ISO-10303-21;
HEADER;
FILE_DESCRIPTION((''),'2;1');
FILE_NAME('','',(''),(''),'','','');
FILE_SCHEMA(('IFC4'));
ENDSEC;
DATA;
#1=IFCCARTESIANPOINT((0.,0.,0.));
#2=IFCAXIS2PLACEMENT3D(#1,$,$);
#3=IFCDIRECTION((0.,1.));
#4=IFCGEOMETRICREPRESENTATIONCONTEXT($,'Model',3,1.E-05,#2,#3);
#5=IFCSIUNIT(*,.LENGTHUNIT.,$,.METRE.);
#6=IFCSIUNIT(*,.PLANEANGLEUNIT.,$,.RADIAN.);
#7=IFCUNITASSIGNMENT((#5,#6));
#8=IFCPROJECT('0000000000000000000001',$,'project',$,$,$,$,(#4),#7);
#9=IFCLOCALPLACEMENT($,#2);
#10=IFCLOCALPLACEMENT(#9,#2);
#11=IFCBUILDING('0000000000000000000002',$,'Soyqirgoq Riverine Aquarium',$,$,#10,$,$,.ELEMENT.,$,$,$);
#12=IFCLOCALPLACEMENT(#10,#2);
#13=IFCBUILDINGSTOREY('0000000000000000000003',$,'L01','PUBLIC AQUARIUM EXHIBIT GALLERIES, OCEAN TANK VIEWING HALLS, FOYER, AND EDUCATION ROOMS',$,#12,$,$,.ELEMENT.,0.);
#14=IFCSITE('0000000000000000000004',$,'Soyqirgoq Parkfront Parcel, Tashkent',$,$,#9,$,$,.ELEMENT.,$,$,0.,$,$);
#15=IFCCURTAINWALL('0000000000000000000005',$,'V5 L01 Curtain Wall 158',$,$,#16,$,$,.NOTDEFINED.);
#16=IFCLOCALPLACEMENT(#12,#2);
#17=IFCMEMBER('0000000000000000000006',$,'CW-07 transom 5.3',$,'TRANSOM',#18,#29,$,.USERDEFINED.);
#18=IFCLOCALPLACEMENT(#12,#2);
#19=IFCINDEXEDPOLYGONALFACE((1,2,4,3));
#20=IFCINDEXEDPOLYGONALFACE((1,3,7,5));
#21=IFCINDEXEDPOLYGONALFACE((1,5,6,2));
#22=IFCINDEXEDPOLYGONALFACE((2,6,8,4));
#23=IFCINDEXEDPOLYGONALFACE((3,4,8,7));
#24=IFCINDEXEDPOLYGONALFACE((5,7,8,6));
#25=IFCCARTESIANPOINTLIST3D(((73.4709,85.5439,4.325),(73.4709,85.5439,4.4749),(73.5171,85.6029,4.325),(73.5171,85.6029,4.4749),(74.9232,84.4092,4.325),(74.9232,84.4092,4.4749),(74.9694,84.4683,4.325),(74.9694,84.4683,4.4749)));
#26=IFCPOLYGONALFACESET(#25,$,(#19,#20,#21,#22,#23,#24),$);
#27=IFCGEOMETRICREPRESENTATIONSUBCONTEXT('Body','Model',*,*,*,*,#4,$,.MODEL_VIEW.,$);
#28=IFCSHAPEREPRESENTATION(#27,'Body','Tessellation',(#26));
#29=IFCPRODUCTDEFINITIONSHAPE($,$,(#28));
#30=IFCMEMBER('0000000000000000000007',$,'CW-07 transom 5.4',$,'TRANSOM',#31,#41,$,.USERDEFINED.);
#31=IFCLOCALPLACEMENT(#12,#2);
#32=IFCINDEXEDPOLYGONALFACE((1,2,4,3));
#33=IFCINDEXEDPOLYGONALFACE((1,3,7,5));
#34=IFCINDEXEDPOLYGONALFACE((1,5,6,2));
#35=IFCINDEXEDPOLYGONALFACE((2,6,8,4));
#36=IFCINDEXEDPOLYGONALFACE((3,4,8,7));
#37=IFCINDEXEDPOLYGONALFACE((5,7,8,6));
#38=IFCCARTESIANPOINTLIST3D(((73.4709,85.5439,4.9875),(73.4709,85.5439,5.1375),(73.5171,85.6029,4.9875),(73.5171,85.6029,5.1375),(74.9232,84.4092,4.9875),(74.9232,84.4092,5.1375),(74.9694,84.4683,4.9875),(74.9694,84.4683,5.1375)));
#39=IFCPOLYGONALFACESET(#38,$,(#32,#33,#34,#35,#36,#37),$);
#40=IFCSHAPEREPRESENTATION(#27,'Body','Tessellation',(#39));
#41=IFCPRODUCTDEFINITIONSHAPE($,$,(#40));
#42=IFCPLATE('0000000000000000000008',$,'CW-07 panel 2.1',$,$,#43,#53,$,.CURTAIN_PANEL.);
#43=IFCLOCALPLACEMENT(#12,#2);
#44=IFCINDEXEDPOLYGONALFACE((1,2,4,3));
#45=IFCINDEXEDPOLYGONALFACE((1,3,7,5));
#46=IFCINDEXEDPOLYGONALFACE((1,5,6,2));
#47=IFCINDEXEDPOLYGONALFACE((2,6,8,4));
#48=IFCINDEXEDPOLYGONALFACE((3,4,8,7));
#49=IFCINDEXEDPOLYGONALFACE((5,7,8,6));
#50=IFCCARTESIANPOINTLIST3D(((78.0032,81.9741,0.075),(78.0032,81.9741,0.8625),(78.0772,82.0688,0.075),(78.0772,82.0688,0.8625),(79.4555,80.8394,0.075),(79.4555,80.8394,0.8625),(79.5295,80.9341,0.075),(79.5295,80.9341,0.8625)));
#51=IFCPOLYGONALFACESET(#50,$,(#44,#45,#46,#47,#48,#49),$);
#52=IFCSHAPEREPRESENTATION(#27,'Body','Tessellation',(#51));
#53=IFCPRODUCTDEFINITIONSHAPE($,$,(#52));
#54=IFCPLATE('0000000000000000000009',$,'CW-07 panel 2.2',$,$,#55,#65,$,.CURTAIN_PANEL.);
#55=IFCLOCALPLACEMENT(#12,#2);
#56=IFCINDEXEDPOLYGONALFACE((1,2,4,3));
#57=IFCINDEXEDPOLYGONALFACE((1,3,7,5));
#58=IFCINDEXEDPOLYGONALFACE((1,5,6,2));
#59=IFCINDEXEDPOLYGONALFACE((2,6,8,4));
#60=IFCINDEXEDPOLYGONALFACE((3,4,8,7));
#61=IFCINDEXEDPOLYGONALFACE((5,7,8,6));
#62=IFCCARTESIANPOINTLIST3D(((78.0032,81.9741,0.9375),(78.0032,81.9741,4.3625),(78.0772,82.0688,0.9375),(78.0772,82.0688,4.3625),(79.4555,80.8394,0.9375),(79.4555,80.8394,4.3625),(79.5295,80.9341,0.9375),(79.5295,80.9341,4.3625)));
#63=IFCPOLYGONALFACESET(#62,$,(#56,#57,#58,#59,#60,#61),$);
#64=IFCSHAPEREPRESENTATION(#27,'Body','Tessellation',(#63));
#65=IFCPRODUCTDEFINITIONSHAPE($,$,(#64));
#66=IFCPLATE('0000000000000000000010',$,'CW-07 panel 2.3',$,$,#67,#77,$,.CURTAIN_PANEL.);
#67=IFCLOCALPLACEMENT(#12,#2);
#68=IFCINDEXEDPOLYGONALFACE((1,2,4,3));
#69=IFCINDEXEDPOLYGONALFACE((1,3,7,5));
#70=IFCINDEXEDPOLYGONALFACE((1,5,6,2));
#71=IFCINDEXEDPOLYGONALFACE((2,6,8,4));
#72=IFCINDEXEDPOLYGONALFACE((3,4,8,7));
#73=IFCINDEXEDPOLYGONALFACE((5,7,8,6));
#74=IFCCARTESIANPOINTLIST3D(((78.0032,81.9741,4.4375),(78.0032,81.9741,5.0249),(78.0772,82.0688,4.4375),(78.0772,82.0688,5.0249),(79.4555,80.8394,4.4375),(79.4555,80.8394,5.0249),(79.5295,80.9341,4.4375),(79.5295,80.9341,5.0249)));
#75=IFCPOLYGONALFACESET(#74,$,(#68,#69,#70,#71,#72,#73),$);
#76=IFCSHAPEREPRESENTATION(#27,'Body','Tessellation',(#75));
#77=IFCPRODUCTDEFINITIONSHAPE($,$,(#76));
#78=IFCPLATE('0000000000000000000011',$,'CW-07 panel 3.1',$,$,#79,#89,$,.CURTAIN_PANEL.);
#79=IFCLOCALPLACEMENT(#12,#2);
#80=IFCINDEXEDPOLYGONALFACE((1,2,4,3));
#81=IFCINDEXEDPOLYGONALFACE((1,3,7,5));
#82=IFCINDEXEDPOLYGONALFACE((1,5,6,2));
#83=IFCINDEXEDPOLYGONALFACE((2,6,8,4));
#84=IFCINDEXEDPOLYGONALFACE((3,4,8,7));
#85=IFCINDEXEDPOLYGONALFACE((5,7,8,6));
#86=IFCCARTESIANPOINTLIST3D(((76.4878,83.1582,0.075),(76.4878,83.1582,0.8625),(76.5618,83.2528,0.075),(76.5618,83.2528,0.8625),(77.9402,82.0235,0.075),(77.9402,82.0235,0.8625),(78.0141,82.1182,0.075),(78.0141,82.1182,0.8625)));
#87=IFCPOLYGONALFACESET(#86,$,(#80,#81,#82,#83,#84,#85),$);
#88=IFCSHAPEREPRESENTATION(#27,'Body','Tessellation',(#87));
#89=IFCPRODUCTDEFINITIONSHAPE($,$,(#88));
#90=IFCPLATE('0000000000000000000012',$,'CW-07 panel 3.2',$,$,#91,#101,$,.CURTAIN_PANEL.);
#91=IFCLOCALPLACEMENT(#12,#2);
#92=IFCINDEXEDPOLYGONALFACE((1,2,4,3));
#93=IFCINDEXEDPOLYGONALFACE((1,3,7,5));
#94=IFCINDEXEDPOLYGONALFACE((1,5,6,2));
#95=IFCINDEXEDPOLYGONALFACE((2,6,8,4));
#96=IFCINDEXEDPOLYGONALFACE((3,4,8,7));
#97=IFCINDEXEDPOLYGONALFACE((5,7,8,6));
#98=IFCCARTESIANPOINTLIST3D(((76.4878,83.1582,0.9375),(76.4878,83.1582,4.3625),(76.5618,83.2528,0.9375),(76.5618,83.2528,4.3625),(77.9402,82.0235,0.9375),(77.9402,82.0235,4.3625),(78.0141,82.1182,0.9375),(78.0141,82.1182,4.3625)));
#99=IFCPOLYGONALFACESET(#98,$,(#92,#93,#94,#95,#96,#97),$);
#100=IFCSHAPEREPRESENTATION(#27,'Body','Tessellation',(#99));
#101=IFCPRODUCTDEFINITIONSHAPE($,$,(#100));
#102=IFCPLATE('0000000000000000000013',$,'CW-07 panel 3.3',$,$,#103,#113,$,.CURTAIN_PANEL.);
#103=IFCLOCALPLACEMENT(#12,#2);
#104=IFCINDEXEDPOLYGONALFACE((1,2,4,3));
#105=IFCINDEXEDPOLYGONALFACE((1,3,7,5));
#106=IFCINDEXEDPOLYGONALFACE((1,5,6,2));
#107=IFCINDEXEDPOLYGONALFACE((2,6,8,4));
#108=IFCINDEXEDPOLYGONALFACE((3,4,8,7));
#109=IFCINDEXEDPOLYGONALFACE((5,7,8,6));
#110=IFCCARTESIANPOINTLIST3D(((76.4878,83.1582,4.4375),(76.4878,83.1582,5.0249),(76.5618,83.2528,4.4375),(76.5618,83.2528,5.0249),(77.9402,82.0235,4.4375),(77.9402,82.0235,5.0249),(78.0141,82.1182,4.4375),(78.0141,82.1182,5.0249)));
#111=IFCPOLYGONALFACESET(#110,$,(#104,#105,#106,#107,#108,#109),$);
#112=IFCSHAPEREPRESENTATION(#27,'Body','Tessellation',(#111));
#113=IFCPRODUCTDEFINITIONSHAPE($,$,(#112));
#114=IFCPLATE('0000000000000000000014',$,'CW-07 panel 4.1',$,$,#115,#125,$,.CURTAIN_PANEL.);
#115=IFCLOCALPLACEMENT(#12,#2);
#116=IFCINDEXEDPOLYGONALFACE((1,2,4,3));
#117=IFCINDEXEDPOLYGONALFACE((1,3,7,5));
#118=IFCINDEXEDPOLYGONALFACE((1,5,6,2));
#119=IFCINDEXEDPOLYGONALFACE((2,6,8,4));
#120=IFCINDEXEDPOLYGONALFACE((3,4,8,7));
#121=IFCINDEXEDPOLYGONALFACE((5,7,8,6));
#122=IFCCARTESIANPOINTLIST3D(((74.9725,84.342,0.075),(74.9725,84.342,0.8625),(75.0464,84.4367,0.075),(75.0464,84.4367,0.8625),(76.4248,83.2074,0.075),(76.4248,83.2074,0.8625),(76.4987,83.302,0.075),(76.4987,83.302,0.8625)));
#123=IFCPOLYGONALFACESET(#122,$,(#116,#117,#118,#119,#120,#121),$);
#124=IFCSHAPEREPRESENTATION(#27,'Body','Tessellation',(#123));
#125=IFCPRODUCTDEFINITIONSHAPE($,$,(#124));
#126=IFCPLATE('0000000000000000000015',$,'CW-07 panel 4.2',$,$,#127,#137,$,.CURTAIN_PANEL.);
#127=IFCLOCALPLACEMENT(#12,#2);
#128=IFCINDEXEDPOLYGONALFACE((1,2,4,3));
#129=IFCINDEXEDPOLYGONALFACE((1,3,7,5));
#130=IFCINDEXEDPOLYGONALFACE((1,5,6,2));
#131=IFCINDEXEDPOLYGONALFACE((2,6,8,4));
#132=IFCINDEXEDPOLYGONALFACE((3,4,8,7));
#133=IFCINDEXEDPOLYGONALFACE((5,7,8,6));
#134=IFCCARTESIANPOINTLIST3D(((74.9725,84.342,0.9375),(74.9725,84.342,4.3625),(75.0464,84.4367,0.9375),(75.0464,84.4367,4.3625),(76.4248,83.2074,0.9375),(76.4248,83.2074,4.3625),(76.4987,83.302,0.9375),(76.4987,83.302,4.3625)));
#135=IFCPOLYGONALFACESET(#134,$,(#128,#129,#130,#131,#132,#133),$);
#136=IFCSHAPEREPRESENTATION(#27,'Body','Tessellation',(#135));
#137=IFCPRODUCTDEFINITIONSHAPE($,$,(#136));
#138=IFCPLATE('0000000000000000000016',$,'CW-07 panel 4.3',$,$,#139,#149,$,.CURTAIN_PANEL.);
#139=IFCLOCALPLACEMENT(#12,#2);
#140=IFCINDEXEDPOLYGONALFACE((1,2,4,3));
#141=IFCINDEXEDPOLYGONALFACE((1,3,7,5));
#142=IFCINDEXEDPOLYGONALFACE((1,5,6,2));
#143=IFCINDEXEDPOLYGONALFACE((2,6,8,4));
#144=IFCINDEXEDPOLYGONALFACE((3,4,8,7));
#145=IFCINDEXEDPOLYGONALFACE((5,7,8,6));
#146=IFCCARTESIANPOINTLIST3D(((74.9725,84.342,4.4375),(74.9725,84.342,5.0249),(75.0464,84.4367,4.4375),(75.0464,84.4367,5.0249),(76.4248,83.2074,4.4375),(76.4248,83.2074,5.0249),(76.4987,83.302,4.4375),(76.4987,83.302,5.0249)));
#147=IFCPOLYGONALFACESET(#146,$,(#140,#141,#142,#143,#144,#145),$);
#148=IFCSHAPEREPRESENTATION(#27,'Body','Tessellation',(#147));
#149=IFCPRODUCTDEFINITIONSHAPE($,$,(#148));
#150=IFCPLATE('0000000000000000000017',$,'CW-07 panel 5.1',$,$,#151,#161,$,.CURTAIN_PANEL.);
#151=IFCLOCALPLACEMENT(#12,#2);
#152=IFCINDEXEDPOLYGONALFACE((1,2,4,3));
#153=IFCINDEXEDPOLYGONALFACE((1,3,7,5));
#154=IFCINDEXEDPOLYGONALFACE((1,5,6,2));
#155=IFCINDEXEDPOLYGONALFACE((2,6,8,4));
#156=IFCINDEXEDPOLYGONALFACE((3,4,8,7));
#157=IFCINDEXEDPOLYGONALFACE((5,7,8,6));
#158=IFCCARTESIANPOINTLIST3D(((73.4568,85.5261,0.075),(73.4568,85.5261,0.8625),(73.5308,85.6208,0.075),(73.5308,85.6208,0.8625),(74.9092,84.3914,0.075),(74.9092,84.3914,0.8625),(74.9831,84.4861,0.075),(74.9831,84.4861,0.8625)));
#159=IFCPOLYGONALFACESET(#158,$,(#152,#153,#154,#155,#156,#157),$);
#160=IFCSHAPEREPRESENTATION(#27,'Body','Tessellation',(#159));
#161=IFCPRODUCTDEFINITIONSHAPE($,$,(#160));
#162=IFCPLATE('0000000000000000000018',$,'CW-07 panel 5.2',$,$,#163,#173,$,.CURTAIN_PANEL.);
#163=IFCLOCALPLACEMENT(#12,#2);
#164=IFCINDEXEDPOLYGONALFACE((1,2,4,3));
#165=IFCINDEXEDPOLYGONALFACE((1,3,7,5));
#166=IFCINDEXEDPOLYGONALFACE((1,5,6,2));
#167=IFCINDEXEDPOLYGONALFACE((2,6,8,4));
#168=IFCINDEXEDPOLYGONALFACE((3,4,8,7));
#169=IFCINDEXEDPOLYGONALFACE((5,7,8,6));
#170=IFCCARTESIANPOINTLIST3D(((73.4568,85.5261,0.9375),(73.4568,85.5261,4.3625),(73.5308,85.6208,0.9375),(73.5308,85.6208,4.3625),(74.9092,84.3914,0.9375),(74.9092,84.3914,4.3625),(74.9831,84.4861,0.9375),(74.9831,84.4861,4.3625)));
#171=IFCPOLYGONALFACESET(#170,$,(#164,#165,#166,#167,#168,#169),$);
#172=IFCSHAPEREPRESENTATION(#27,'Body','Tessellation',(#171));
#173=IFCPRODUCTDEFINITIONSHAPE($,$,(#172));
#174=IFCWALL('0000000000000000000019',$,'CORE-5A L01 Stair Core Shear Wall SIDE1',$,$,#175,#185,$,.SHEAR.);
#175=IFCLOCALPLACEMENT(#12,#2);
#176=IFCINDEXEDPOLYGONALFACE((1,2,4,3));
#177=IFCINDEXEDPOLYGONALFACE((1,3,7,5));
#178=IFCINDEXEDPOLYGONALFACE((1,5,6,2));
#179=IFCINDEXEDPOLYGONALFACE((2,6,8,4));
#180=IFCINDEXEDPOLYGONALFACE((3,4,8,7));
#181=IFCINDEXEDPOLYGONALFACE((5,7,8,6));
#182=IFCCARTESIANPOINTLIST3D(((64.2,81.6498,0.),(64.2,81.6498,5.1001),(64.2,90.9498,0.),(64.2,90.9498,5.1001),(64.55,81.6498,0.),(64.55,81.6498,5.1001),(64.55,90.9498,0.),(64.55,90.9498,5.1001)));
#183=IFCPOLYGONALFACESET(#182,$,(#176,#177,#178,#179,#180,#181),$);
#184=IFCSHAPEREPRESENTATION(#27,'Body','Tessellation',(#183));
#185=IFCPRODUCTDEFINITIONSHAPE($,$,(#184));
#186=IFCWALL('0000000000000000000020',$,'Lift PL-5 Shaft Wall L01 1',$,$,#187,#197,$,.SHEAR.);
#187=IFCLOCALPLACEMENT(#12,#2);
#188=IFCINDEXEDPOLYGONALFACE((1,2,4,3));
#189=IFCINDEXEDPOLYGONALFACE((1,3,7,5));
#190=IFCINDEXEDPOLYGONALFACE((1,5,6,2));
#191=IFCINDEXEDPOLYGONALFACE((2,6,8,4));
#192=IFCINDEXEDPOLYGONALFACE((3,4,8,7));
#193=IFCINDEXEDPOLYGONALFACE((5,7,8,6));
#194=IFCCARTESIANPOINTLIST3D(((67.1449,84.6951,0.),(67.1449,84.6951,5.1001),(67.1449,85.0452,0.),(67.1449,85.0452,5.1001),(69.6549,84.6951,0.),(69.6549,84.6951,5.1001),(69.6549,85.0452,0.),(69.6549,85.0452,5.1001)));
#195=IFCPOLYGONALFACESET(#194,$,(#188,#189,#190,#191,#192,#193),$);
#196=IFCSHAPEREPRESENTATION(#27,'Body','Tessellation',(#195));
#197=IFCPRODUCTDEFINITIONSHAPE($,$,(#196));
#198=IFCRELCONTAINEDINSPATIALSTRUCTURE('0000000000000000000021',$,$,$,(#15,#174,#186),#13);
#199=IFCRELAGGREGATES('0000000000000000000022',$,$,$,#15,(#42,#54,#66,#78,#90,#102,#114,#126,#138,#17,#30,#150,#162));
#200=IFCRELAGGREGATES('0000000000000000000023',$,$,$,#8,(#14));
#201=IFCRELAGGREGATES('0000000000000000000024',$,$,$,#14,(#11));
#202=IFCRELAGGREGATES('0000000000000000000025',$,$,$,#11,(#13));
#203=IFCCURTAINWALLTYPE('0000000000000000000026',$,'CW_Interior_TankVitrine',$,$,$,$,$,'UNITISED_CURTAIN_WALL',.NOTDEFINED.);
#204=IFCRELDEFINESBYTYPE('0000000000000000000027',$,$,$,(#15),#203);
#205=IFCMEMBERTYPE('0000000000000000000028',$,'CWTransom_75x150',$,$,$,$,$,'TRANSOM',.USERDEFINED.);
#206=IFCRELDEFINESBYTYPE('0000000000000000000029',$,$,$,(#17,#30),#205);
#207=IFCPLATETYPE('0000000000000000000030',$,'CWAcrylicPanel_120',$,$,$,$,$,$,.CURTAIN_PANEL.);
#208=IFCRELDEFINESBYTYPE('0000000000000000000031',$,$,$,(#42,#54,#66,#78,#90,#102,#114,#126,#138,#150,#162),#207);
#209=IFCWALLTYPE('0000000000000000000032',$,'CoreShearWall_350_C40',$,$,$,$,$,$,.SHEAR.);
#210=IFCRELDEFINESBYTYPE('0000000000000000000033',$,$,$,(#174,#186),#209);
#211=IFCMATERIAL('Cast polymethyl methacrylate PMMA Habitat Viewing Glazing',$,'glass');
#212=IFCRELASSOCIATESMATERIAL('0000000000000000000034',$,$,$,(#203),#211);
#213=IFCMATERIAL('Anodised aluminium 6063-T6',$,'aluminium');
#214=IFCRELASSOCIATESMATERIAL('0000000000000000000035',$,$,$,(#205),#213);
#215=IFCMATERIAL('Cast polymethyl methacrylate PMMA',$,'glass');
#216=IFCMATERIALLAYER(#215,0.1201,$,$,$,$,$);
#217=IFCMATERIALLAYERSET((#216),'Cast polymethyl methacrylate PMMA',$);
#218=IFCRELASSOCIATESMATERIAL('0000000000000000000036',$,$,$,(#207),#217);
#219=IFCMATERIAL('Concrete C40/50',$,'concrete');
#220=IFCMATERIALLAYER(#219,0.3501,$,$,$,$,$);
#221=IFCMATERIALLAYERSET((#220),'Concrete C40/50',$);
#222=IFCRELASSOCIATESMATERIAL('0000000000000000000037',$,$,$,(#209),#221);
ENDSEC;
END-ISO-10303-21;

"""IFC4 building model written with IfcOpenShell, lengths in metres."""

from ifc_helpers import new_model, si_unit, direction, frame, frame_2d, origin, origin_2d, place, context, subcontext, project, spatial, rectangle, extrude, material, layer, layer_set, material_profile, profile_set, type_object, element, aggregate, save


model = new_model("IFC4")

# Units and contexts
model_context = context("Model", 3, precision=1e-05, world=origin(), true_north=direction((0.0, 1.0)))
body_context = subcontext(model_context, "Body", "Model", "MODEL_VIEW")
ifc_project = project(units=[si_unit("LENGTHUNIT", "METRE"), si_unit("PLANEANGLEUNIT", "RADIAN")], contexts=[model_context])

# Site, building, storey
site_placement = place(None, origin())
site = spatial("IfcSite", under=ifc_project, at=site_placement, Name="Soyqirgoq Parkfront Parcel, Tashkent", CompositionType="ELEMENT", RefElevation=0.0)
building_placement = place(site_placement, origin())
building = spatial("IfcBuilding", under=site, at=building_placement, Name="Soyqirgoq Riverine Aquarium", CompositionType="ELEMENT")
storey_placement = place(building_placement, origin())
storey = spatial("IfcBuildingStorey", under=building, at=storey_placement, Name="L01", Description="PUBLIC AQUARIUM EXHIBIT GALLERIES, OCEAN TANK VIEWING HALLS, FOYER, AND EDUCATION ROOMS", CompositionType="ELEMENT", Elevation=0.0)

# Curtain wall, members, plates
ifc_material_1 = material(Name="Cast polymethyl methacrylate PMMA Habitat Viewing Glazing", Category="glass")
curtain_wall_type = type_object("IfcCurtainWallType", Name="CW_Interior_TankVitrine", ElementType="UNITISED_CURTAIN_WALL", PredefinedType="NOTDEFINED", material=ifc_material_1)
curtain_wall_placement = place(storey_placement, origin())
curtain_wall = element("IfcCurtainWall", 1, at=curtain_wall_placement, inside=storey, type_object=curtain_wall_type, Name="V5 L01 Curtain Wall 158", PredefinedType="NOTDEFINED")
ifc_material_2 = material(Name="Anodised aluminium 6063-T6", Category="aluminium")
ifc_material_profile_1 = material_profile(ifc_material_2, rectangle(XDim=0.075, YDim=0.1499, at=origin_2d()), Name="ALU-T 75x150")
ifc_profile_set_1 = profile_set([ifc_material_profile_1], Name="Anodised aluminium 6063-T6")
member_type_1 = type_object("IfcMemberType", Name="CWTransom_75x150", ElementType="TRANSOM", PredefinedType="USERDEFINED", material=ifc_profile_set_1)
member_1_placement = place(storey_placement, frame((74.9463, 84.4387, 4.3999), z_axis=(-0.788002, 0.615672, 0.0), x_axis=(-0.615672, -0.788002, 0.0)))
member_1 = element("IfcMember", 2, at=member_1_placement, type_object=member_type_1, Name="CW-07 transom 5.3", ObjectType="TRANSOM", PredefinedType="USERDEFINED", context=body_context, shape_type="SweptSolid", body=[
    extrude(rectangle(XDim=0.075, YDim=0.1499, at=origin_2d()), origin(), (0.0, 0.0, 1.0), 1.843),
])
member_2_placement = place(storey_placement, frame((74.9463, 84.4387, 5.0625), z_axis=(-0.788002, 0.615672, 0.0), x_axis=(-0.615672, -0.788002, 0.0)))
member_2 = element("IfcMember", 3, at=member_2_placement, type_object=member_type_1, Name="CW-07 transom 5.4", ObjectType="TRANSOM", PredefinedType="USERDEFINED", context=body_context, shape_type="SweptSolid", body=[
    extrude(rectangle(XDim=0.075, YDim=0.1499, at=origin_2d()), origin(), (0.0, 0.0, 1.0), 1.843),
])
ifc_material_3 = material(Name="Cast polymethyl methacrylate PMMA", Category="glass")
ifc_layer_1 = layer(ifc_material_3, 0.1201)
ifc_layer_set_1 = layer_set([ifc_layer_1], Name="Cast polymethyl methacrylate PMMA")
plate_type = type_object("IfcPlateType", Name="CWAcrylicPanel_120", PredefinedType="CURTAIN_PANEL", material=ifc_layer_set_1)
plate_1_placement = place(storey_placement, frame((78.7664, 81.4541, 0.075), z_axis=(0.0, 0.0, 1.0), x_axis=(-0.788016, 0.615655, 0.0)))
plate_1 = element("IfcPlate", 4, at=plate_1_placement, type_object=plate_type, Name="CW-07 panel 2.1", PredefinedType="CURTAIN_PANEL", context=body_context, shape_type="SweptSolid", body=[
    extrude(rectangle(XDim=1.843, YDim=0.1201, at=origin_2d()), origin(), (0.0, 0.0, 1.0), 0.7876),
])
plate_2_placement = place(storey_placement, frame((78.7664, 81.4541, 0.9375), z_axis=(0.0, 0.0, 1.0), x_axis=(-0.788016, 0.615655, 0.0)))
plate_2 = element("IfcPlate", 5, at=plate_2_placement, type_object=plate_type, Name="CW-07 panel 2.2", PredefinedType="CURTAIN_PANEL", context=body_context, shape_type="SweptSolid", body=[
    extrude(rectangle(XDim=1.843, YDim=0.1201, at=origin_2d()), origin(), (0.0, 0.0, 1.0), 3.425),
])
plate_3_placement = place(storey_placement, frame((78.7664, 81.4541, 4.4375), z_axis=(0.0, 0.0, 1.0), x_axis=(-0.788016, 0.615655, 0.0)))
plate_3 = element("IfcPlate", 6, at=plate_3_placement, type_object=plate_type, Name="CW-07 panel 2.3", PredefinedType="CURTAIN_PANEL", context=body_context, shape_type="SweptSolid", body=[
    extrude(rectangle(XDim=1.843, YDim=0.1201, at=origin_2d()), origin(), (0.0, 0.0, 1.0), 0.5874),
])
plate_4_placement = place(storey_placement, frame((77.251, 82.6382, 0.075), z_axis=(0.0, 0.0, 1.0), x_axis=(-0.788016, 0.615655, 0.0)))
plate_4 = element("IfcPlate", 7, at=plate_4_placement, type_object=plate_type, Name="CW-07 panel 3.1", PredefinedType="CURTAIN_PANEL", context=body_context, shape_type="SweptSolid", body=[
    extrude(rectangle(XDim=1.843, YDim=0.1201, at=origin_2d()), origin(), (0.0, 0.0, 1.0), 0.7876),
])
plate_5_placement = place(storey_placement, frame((77.251, 82.6382, 0.9375), z_axis=(0.0, 0.0, 1.0), x_axis=(-0.788016, 0.615655, 0.0)))
plate_5 = element("IfcPlate", 8, at=plate_5_placement, type_object=plate_type, Name="CW-07 panel 3.2", PredefinedType="CURTAIN_PANEL", context=body_context, shape_type="SweptSolid", body=[
    extrude(rectangle(XDim=1.843, YDim=0.1201, at=origin_2d()), origin(), (0.0, 0.0, 1.0), 3.425),
])
plate_6_placement = place(storey_placement, frame((77.251, 82.6382, 4.4375), z_axis=(0.0, 0.0, 1.0), x_axis=(-0.788016, 0.615655, 0.0)))
plate_6 = element("IfcPlate", 9, at=plate_6_placement, type_object=plate_type, Name="CW-07 panel 3.3", PredefinedType="CURTAIN_PANEL", context=body_context, shape_type="SweptSolid", body=[
    extrude(rectangle(XDim=1.843, YDim=0.1201, at=origin_2d()), origin(), (0.0, 0.0, 1.0), 0.5874),
])
plate_7_placement = place(storey_placement, frame((75.7356, 83.822, 0.075), z_axis=(0.0, 0.0, 1.0), x_axis=(-0.788016, 0.615655, 0.0)))
plate_7 = element("IfcPlate", 10, at=plate_7_placement, type_object=plate_type, Name="CW-07 panel 4.1", PredefinedType="CURTAIN_PANEL", context=body_context, shape_type="SweptSolid", body=[
    extrude(rectangle(XDim=1.843, YDim=0.1201, at=origin_2d()), origin(), (0.0, 0.0, 1.0), 0.7876),
])
plate_8_placement = place(storey_placement, frame((75.7356, 83.822, 0.9375), z_axis=(0.0, 0.0, 1.0), x_axis=(-0.788016, 0.615655, 0.0)))
plate_8 = element("IfcPlate", 11, at=plate_8_placement, type_object=plate_type, Name="CW-07 panel 4.2", PredefinedType="CURTAIN_PANEL", context=body_context, shape_type="SweptSolid", body=[
    extrude(rectangle(XDim=1.843, YDim=0.1201, at=origin_2d()), origin(), (0.0, 0.0, 1.0), 3.425),
])
plate_9_placement = place(storey_placement, frame((75.7356, 83.822, 4.4375), z_axis=(0.0, 0.0, 1.0), x_axis=(-0.788016, 0.615655, 0.0)))
plate_9 = element("IfcPlate", 12, at=plate_9_placement, type_object=plate_type, Name="CW-07 panel 4.3", PredefinedType="CURTAIN_PANEL", context=body_context, shape_type="SweptSolid", body=[
    extrude(rectangle(XDim=1.843, YDim=0.1201, at=origin_2d()), origin(), (0.0, 0.0, 1.0), 0.5874),
])
plate_10_placement = place(storey_placement, frame((74.22, 85.0061, 0.075), z_axis=(0.0, 0.0, 1.0), x_axis=(-0.788016, 0.615655, 0.0)))
plate_10 = element("IfcPlate", 13, at=plate_10_placement, type_object=plate_type, Name="CW-07 panel 5.1", PredefinedType="CURTAIN_PANEL", context=body_context, shape_type="SweptSolid", body=[
    extrude(rectangle(XDim=1.843, YDim=0.1201, at=origin_2d()), origin(), (0.0, 0.0, 1.0), 0.7876),
])
plate_11_placement = place(storey_placement, frame((74.22, 85.0061, 0.9375), z_axis=(0.0, 0.0, 1.0), x_axis=(-0.788016, 0.615655, 0.0)))
plate_11 = element("IfcPlate", 14, at=plate_11_placement, type_object=plate_type, Name="CW-07 panel 5.2", PredefinedType="CURTAIN_PANEL", context=body_context, shape_type="SweptSolid", body=[
    extrude(rectangle(XDim=1.843, YDim=0.1201, at=origin_2d()), origin(), (0.0, 0.0, 1.0), 3.425),
])
aggregate(curtain_wall, [plate_1, plate_2, plate_3, plate_4, plate_5, plate_6, plate_7, plate_8, plate_9, member_1, member_2, plate_10, plate_11])

# Walls
ifc_material_4 = material(Name="Concrete C40/50", Category="concrete")
ifc_layer_2 = layer(ifc_material_4, 0.3501)
ifc_layer_set_2 = layer_set([ifc_layer_2], Name="Concrete C40/50")
wall_type_1 = type_object("IfcWallType", Name="CoreShearWall_350_C40", PredefinedType="SHEAR", material=ifc_layer_set_2)
wall_1_placement = place(storey_placement, frame((64.375, 81.6499, 0.0), z_axis=(0.0, 0.0, 1.0), x_axis=(0.0, 1.0, 0.0)))
element("IfcWall", 15, at=wall_1_placement, inside=storey, type_object=wall_type_1, Name="CORE-5A L01 Stair Core Shear Wall SIDE1", PredefinedType="SHEAR", context=body_context, shape_type="SweptSolid", body=[
    extrude(rectangle(XDim=9.3, YDim=0.3501, at=frame_2d((4.6499, 0.0))), origin(), (0.0, 0.0, 1.0), 5.1001),
])
wall_2_placement = place(storey_placement, frame((67.145, 84.8701, 0.0), z_axis=(0.0, 0.0, 1.0), x_axis=(1.0, 0.0, 0.0)))
element("IfcWall", 16, at=wall_2_placement, inside=storey, type_object=wall_type_1, Name="Lift PL-5 Shaft Wall L01 1", PredefinedType="SHEAR", context=body_context, shape_type="SweptSolid", body=[
    extrude(rectangle(XDim=2.51, YDim=0.3501, at=frame_2d((1.2549, 0.0))), origin(), (0.0, 0.0, 1.0), 5.1001),
])

save(model, "model.ifc")
